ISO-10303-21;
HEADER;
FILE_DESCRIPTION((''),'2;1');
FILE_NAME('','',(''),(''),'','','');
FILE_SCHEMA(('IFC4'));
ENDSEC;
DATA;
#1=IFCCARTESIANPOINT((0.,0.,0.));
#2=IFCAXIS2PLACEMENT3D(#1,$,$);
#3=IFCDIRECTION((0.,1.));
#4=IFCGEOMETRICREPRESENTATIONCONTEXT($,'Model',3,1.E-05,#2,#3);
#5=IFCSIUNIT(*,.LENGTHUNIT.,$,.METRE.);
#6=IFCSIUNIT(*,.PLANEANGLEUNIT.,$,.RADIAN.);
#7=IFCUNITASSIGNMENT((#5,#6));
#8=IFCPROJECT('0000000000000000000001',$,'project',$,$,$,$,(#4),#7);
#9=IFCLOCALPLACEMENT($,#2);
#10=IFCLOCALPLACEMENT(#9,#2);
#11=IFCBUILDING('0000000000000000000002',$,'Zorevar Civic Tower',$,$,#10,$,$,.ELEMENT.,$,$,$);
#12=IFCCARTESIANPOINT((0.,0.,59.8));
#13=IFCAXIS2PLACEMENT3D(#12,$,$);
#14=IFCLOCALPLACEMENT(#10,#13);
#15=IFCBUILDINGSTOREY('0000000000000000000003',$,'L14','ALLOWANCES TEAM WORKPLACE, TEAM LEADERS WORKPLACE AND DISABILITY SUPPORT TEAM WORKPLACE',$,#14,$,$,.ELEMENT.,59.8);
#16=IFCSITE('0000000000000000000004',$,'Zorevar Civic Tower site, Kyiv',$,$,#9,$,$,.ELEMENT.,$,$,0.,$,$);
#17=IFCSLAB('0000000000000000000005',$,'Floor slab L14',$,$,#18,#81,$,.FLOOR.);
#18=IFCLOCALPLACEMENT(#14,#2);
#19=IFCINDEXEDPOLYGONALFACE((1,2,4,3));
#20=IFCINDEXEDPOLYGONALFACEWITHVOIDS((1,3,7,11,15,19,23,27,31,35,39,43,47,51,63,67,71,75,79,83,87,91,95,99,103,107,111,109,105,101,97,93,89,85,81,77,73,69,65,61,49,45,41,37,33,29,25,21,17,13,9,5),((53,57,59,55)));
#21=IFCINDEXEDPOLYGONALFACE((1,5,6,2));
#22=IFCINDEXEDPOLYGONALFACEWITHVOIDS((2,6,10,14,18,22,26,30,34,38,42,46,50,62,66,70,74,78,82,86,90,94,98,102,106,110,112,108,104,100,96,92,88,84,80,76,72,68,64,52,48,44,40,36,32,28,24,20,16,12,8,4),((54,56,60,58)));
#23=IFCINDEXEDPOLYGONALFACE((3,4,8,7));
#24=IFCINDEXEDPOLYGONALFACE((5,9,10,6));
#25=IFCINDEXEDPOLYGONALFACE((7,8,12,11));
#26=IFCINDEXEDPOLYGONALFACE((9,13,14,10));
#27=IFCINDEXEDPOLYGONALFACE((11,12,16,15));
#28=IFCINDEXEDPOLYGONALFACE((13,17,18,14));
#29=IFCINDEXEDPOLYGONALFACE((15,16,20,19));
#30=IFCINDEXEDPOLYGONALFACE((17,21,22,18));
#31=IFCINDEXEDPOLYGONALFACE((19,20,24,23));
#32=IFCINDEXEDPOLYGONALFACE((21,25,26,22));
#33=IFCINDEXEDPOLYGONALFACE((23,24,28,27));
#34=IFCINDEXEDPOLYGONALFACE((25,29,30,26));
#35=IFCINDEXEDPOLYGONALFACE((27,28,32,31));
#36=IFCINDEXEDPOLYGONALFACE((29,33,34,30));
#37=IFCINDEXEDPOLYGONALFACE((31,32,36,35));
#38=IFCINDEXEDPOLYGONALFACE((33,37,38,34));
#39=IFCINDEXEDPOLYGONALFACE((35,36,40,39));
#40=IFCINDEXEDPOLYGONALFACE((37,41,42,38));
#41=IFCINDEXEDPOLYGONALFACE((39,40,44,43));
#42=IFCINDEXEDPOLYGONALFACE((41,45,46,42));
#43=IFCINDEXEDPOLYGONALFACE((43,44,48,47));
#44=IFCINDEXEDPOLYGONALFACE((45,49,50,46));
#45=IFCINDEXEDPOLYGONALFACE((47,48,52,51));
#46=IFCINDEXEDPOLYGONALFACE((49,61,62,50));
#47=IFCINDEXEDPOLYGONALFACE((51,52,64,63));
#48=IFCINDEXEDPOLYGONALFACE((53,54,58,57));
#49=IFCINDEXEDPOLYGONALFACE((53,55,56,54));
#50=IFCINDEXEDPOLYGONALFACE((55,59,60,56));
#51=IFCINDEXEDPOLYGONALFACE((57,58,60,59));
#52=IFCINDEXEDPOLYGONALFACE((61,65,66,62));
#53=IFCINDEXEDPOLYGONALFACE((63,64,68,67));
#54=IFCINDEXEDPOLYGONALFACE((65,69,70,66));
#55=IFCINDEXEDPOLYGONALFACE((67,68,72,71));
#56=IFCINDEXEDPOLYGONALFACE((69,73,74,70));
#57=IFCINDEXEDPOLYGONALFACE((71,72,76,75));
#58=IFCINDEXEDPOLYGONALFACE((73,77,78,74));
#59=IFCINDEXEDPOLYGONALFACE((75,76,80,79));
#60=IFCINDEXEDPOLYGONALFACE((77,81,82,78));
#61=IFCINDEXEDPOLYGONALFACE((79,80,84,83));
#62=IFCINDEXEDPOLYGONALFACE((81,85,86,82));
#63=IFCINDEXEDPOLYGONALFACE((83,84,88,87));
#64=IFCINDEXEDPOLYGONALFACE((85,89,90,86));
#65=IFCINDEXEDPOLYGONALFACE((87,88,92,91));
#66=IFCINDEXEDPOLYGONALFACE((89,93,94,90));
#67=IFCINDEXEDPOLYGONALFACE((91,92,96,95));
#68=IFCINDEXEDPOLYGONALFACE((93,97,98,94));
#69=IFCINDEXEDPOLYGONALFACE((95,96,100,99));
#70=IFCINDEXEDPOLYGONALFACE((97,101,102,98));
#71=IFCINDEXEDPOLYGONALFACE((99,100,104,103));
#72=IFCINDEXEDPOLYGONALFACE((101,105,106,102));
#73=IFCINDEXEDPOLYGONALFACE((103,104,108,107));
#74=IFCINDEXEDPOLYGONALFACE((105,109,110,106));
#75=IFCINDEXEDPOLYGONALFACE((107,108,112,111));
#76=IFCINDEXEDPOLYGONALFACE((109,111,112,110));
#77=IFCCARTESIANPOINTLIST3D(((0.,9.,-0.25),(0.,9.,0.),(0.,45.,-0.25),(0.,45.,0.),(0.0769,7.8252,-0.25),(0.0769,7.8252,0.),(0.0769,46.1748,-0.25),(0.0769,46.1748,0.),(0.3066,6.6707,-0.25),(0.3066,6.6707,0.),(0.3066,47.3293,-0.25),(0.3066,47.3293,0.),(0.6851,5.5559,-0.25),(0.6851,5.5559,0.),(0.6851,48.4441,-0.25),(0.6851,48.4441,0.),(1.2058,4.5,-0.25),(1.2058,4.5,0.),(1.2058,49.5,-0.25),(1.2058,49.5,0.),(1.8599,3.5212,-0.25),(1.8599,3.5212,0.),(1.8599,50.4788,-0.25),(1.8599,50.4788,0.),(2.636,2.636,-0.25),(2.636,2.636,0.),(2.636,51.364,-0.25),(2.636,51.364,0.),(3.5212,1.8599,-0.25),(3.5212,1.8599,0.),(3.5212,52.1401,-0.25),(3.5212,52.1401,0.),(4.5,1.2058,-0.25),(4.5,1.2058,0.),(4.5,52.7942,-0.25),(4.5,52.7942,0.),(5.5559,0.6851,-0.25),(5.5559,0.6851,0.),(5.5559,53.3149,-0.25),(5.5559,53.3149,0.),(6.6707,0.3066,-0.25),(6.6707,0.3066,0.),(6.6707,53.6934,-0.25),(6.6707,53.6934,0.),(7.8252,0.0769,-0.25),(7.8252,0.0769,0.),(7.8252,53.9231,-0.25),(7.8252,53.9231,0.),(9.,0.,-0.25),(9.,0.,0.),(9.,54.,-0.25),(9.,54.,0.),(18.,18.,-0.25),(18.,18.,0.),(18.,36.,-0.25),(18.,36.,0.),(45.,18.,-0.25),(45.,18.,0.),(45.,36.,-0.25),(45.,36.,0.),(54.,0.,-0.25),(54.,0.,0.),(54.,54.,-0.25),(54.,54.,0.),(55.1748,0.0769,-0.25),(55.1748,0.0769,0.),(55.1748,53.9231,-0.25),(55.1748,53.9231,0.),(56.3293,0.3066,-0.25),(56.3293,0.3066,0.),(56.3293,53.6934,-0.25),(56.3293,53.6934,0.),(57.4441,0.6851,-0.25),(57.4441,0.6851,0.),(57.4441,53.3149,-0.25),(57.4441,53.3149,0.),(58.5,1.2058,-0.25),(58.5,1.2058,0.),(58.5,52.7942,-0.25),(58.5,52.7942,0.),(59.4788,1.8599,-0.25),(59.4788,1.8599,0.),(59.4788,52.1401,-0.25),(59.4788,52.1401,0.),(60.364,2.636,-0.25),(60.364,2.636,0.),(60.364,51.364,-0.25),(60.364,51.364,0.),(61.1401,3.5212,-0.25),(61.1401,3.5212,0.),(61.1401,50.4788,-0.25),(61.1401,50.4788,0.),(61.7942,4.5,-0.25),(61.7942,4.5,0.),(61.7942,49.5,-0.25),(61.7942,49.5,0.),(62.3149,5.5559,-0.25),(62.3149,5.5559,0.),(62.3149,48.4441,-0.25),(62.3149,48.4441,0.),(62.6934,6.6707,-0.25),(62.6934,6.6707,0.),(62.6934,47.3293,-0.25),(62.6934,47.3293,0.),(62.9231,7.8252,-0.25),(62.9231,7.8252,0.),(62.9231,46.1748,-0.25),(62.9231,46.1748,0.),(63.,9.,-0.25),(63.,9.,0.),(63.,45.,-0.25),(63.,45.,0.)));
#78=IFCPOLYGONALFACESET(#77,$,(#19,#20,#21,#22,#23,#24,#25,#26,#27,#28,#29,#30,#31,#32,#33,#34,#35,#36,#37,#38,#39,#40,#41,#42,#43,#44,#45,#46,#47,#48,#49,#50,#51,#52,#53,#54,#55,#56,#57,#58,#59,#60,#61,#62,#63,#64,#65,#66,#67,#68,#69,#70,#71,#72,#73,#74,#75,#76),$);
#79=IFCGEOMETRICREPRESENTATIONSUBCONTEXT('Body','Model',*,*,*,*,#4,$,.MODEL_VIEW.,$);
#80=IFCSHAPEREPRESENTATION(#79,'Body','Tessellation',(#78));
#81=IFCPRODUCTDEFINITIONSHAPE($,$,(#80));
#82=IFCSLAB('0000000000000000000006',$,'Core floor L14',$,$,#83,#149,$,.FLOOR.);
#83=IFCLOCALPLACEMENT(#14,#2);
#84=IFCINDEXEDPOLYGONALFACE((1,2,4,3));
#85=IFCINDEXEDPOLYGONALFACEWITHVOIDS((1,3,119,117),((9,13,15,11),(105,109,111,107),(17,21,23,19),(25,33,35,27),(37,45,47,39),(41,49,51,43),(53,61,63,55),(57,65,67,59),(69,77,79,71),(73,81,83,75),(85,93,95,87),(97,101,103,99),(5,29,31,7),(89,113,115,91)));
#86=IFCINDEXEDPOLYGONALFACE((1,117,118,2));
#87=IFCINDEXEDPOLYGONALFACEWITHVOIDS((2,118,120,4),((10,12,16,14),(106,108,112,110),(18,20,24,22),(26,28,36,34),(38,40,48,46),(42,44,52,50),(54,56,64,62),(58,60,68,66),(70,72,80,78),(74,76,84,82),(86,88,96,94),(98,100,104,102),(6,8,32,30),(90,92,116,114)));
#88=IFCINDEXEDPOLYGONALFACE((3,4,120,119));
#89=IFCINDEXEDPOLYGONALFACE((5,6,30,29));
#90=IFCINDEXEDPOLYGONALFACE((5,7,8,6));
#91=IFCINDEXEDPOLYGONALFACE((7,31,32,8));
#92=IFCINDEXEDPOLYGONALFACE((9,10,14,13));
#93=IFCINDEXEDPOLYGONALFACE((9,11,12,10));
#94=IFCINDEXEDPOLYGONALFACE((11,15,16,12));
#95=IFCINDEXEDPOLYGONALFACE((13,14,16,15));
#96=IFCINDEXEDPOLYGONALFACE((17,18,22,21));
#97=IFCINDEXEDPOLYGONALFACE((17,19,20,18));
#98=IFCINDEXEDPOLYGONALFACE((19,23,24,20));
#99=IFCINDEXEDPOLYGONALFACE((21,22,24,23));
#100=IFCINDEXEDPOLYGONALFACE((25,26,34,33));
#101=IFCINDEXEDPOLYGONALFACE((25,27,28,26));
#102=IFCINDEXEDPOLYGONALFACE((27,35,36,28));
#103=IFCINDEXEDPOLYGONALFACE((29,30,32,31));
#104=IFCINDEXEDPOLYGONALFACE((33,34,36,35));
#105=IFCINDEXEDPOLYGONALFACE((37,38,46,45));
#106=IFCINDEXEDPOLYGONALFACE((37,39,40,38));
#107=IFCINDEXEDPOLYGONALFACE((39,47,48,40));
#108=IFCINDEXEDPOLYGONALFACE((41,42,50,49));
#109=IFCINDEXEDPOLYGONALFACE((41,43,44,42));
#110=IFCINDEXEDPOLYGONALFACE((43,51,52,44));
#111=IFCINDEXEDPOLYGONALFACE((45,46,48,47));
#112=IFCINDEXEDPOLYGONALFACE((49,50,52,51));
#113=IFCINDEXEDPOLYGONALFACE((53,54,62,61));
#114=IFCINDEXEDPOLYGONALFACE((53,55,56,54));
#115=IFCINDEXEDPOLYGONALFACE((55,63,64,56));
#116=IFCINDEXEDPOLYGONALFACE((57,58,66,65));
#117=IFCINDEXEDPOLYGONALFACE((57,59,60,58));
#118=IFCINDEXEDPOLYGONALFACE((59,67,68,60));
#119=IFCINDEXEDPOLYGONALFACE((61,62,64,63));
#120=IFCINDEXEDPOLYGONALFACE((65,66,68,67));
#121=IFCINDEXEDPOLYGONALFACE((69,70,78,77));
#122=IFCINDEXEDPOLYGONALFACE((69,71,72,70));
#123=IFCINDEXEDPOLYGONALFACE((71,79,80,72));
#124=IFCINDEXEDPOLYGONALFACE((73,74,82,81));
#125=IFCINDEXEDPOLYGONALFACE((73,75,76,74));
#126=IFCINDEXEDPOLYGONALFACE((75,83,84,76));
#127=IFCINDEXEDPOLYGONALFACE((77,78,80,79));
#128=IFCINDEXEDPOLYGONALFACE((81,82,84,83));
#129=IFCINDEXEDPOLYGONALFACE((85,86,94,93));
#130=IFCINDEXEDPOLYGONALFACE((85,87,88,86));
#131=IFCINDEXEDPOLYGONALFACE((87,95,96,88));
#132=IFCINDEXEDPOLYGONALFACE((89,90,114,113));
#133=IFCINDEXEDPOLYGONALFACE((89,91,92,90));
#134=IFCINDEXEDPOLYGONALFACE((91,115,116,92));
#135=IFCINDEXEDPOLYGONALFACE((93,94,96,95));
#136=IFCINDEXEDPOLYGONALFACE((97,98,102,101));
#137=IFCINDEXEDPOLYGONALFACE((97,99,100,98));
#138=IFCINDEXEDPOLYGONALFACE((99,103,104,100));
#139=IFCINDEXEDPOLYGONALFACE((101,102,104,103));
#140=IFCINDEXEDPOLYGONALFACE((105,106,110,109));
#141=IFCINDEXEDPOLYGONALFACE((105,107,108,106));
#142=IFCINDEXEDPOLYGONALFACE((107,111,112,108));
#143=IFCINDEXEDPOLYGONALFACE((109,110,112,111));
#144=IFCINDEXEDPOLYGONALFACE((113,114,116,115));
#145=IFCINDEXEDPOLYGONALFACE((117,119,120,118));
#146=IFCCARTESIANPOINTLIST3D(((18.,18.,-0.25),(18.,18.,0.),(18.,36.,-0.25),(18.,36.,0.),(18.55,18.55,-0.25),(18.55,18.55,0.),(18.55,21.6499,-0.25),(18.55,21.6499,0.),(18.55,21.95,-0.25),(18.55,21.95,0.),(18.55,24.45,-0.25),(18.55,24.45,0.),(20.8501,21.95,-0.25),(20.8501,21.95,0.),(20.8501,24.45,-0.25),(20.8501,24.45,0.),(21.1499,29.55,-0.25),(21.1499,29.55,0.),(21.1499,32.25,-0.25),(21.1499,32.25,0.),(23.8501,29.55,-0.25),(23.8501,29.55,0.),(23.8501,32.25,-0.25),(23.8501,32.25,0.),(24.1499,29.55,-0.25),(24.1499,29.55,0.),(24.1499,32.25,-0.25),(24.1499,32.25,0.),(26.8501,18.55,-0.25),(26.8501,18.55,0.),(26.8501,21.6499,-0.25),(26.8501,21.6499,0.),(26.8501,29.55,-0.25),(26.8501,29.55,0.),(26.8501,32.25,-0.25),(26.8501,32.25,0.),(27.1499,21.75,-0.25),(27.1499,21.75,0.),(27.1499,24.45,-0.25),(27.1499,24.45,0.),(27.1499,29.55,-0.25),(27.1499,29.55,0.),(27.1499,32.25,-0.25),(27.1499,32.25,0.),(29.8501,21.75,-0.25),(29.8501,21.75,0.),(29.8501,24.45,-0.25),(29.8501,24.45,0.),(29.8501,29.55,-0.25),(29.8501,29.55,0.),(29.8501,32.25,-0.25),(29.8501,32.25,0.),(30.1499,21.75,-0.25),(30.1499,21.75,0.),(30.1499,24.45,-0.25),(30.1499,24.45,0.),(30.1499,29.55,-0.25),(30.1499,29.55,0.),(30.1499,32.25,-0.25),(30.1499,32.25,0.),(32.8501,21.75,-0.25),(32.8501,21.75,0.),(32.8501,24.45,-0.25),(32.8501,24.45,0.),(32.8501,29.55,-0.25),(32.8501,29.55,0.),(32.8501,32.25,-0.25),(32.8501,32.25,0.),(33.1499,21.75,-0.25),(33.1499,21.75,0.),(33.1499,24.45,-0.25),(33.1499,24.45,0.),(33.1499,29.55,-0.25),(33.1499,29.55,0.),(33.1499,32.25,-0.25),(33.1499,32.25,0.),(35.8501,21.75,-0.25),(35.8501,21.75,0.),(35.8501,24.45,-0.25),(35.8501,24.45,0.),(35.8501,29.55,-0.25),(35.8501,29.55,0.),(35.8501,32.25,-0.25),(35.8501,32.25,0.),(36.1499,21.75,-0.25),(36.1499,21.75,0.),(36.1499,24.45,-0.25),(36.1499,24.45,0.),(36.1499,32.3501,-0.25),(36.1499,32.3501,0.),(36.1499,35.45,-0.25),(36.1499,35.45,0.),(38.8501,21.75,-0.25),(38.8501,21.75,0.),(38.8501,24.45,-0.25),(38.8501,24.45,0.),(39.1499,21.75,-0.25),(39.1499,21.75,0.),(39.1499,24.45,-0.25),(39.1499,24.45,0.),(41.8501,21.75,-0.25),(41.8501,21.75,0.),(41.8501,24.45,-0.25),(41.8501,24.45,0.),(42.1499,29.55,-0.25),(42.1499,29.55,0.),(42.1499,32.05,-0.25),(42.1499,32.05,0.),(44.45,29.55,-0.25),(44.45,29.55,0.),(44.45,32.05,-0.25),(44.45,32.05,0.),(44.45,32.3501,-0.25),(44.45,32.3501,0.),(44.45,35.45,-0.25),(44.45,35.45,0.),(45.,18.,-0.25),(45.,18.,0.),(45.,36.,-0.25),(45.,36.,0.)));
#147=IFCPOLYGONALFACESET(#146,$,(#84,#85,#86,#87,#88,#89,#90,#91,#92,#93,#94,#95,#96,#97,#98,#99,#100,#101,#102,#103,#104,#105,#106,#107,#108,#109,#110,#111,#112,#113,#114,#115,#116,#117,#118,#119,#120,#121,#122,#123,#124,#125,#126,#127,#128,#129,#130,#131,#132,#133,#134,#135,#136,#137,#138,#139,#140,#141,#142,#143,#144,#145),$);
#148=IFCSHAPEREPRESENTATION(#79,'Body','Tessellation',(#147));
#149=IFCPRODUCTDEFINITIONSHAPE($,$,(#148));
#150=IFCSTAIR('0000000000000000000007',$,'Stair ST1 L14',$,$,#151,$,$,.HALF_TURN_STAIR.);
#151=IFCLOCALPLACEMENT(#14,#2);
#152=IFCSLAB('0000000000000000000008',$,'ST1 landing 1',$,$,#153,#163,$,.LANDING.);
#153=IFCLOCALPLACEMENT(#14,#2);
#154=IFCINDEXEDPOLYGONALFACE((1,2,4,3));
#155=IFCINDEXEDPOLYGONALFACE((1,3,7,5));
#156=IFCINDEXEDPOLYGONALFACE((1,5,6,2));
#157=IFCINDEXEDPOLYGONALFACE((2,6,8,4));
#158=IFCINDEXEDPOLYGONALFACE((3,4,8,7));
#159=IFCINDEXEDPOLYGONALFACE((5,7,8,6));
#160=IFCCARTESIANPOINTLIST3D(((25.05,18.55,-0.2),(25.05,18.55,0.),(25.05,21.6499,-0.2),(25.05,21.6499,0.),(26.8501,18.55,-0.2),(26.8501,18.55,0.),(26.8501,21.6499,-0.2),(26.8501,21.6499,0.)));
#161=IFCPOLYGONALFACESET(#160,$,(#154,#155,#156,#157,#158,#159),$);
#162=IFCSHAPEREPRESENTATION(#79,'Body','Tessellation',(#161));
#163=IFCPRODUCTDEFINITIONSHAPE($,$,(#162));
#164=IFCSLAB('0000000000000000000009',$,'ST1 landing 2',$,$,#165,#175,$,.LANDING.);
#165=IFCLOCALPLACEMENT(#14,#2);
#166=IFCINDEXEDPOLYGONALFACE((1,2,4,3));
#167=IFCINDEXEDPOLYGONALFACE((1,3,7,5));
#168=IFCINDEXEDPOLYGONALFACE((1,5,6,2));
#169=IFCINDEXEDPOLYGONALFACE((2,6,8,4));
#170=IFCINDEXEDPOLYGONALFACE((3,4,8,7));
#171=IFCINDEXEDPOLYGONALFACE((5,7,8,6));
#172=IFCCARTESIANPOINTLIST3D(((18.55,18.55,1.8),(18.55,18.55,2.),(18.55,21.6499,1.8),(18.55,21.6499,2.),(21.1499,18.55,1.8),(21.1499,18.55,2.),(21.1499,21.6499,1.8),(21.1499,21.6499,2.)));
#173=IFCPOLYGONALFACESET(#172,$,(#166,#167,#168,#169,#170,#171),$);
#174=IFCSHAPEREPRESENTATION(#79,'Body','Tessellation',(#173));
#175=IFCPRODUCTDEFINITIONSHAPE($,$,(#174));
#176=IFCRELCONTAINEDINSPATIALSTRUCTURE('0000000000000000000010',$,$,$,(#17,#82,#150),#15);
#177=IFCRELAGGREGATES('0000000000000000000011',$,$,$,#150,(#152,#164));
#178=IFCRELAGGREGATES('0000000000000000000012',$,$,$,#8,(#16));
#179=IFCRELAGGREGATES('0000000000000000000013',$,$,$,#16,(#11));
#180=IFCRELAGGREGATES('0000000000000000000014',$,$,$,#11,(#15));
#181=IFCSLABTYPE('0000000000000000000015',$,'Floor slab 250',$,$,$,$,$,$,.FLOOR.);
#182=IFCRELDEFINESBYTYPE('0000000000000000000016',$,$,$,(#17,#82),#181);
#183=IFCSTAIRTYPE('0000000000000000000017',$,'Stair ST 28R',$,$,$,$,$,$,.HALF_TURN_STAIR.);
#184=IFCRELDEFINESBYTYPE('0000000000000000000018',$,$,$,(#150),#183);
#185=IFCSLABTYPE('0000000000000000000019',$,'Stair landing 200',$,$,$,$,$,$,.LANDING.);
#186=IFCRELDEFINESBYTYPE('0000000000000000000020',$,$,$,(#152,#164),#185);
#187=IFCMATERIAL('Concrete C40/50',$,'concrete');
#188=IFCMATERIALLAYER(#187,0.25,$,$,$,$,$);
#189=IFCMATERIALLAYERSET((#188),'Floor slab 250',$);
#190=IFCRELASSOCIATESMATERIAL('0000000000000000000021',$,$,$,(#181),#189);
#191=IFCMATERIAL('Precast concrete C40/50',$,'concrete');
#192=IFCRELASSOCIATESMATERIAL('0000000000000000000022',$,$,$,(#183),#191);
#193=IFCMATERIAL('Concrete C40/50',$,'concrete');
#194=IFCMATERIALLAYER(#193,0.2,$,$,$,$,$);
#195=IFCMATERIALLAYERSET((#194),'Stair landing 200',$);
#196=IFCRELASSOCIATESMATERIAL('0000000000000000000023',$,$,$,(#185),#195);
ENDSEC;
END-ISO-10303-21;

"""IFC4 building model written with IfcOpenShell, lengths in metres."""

from ifc_helpers import new_model, si_unit, direction, frame, origin, place, context, subcontext, project, spatial, polyline, outline, extrude, material, layer, layer_set, type_object, element, aggregate, save


model = new_model("IFC4")

# Units and contexts
model_context = context("Model", 3, precision=1e-05, world=origin(), true_north=direction((0.0, 1.0)))
body_context = subcontext(model_context, "Body", "Model", "MODEL_VIEW")
ifc_project = project(units=[si_unit("LENGTHUNIT", "METRE"), si_unit("PLANEANGLEUNIT", "RADIAN")], contexts=[model_context])

# Site, building, storey
site_placement = place(None, origin())
site = spatial("IfcSite", under=ifc_project, at=site_placement, Name="Zorevar Civic Tower site, Kyiv", CompositionType="ELEMENT", RefElevation=0.0)
building_placement = place(site_placement, origin())
building = spatial("IfcBuilding", under=site, at=building_placement, Name="Zorevar Civic Tower", CompositionType="ELEMENT")
storey_placement = place(building_placement, frame((0.0, 0.0, 59.8)))
storey = spatial("IfcBuildingStorey", under=building, at=storey_placement, Name="L14", Description="ALLOWANCES TEAM WORKPLACE, TEAM LEADERS WORKPLACE AND DISABILITY SUPPORT TEAM WORKPLACE", CompositionType="ELEMENT", Elevation=59.8)

# Slabs
ifc_material_1 = material(Name="Concrete C40/50", Category="concrete")
ifc_layer_1 = layer(ifc_material_1, 0.25)
ifc_layer_set_1 = layer_set([ifc_layer_1], Name="Floor slab 250")
slab_type_1 = type_object("IfcSlabType", Name="Floor slab 250", PredefinedType="FLOOR", material=ifc_layer_set_1)
slab_1_placement = place(storey_placement, frame((0.0, 0.0, -0.25)))
element("IfcSlab", 1, at=slab_1_placement, inside=storey, type_object=slab_type_1, Name="Floor slab L14", PredefinedType="FLOOR", context=body_context, shape_type="SweptSolid", body=[
    extrude(outline(polyline([(54.0, 0.0), (55.1748, 0.0769), (56.3293, 0.3066), (57.4441, 0.6851), (58.5, 1.2058), (59.4788, 1.8599), (60.364, 2.636), (61.1401, 3.5212), (61.7942, 4.5), (62.3149, 5.5559), (62.6934, 6.6707), (62.9231, 7.8252), (63.0, 9.0), (63.0, 45.0), (62.9231, 46.1748), (62.6934, 47.3293), (62.3149, 48.4441), (61.7942, 49.5), (61.1401, 50.4788), (60.364, 51.364), (59.4788, 52.1401), (58.5, 52.7942), (57.4441, 53.3149), (56.3293, 53.6934), (55.1748, 53.9231), (54.0, 54.0), (9.0, 54.0), (7.8252, 53.9231), (6.6707, 53.6934), (5.5559, 53.3149), (4.5, 52.7942), (3.5212, 52.1401), (2.636, 51.364), (1.8599, 50.4788), (1.2058, 49.5), (0.6851, 48.4441), (0.3066, 47.3293), (0.0769, 46.1748), (0.0, 45.0), (0.0, 9.0), (0.0769, 7.8252), (0.3066, 6.6707), (0.6851, 5.5559), (1.2058, 4.5), (1.8599, 3.5212), (2.636, 2.636), (3.5212, 1.8599), (4.5, 1.2058), (5.5559, 0.6851), (6.6707, 0.3066), (7.8252, 0.0769), (9.0, 0.0), (54.0, 0.0)]), holes=[polyline([(18.0, 18.0), (45.0, 18.0), (45.0, 36.0), (18.0, 36.0), (18.0, 18.0)])]), origin(), (0.0, 0.0, 1.0), 0.25),
])
slab_2_placement = place(storey_placement, frame((0.0, 0.0, -0.25)))
element("IfcSlab", 2, at=slab_2_placement, inside=storey, type_object=slab_type_1, Name="Core floor L14", PredefinedType="FLOOR", context=body_context, shape_type="SweptSolid", body=[
    extrude(outline(polyline([(18.0, 18.0), (45.0, 18.0), (45.0, 36.0), (18.0, 36.0), (18.0, 18.0)]), holes=[polyline([(18.55, 18.55), (26.8501, 18.55), (26.8501, 21.6499), (18.55, 21.6499), (18.55, 18.55)]), polyline([(36.1499, 32.3501), (44.45, 32.3501), (44.45, 35.45), (36.1499, 35.45), (36.1499, 32.3501)]), polyline([(18.55, 21.95), (20.8501, 21.95), (20.8501, 24.45), (18.55, 24.45), (18.55, 21.95)]), polyline([(42.1499, 29.55), (44.45, 29.55), (44.45, 32.05), (42.1499, 32.05), (42.1499, 29.55)]), polyline([(27.1499, 21.75), (29.8501, 21.75), (29.8501, 24.45), (27.1499, 24.45), (27.1499, 21.75)]), polyline([(33.1499, 29.55), (35.8501, 29.55), (35.8501, 32.25), (33.1499, 32.25), (33.1499, 29.55)]), polyline([(30.1499, 21.75), (32.8501, 21.75), (32.8501, 24.45), (30.1499, 24.45), (30.1499, 21.75)]), polyline([(30.1499, 29.55), (32.8501, 29.55), (32.8501, 32.25), (30.1499, 32.25), (30.1499, 29.55)]), polyline([(33.1499, 21.75), (35.8501, 21.75), (35.8501, 24.45), (33.1499, 24.45), (33.1499, 21.75)]), polyline([(27.1499, 29.55), (29.8501, 29.55), (29.8501, 32.25), (27.1499, 32.25), (27.1499, 29.55)]), polyline([(36.1499, 21.75), (38.8501, 21.75), (38.8501, 24.45), (36.1499, 24.45), (36.1499, 21.75)]), polyline([(24.1499, 29.55), (26.8501, 29.55), (26.8501, 32.25), (24.1499, 32.25), (24.1499, 29.55)]), polyline([(39.1499, 21.75), (41.8501, 21.75), (41.8501, 24.45), (39.1499, 24.45), (39.1499, 21.75)]), polyline([(21.1499, 29.55), (23.8501, 29.55), (23.8501, 32.25), (21.1499, 32.25), (21.1499, 29.55)])]), origin(), (0.0, 0.0, 1.0), 0.25),
])

# Stair, slabs
ifc_material_2 = material(Name="Precast concrete C40/50", Category="concrete")
stair_type = type_object("IfcStairType", Name="Stair ST 28R", PredefinedType="HALF_TURN_STAIR", material=ifc_material_2)
stair_1_placement = place(storey_placement, origin())
stair_1 = element("IfcStair", 3, at=stair_1_placement, inside=storey, type_object=stair_type, Name="Stair ST1 L14", PredefinedType="HALF_TURN_STAIR")
ifc_material_3 = material(Name="Concrete C40/50", Category="concrete")
ifc_layer_2 = layer(ifc_material_3, 0.2)
ifc_layer_set_2 = layer_set([ifc_layer_2], Name="Stair landing 200")
slab_type_2 = type_object("IfcSlabType", Name="Stair landing 200", PredefinedType="LANDING", material=ifc_layer_set_2)
slab_3_placement = place(storey_placement, frame((0.0, 0.0, -0.2)))
slab_3 = element("IfcSlab", 4, at=slab_3_placement, type_object=slab_type_2, Name="ST1 landing 1", PredefinedType="LANDING", context=body_context, shape_type="SweptSolid", body=[
    extrude(outline(polyline([(25.05, 18.55), (26.8501, 18.55), (26.8501, 21.6499), (25.05, 21.6499), (25.05, 18.55)])), origin(), (0.0, 0.0, 1.0), 0.2),
])
slab_4_placement = place(storey_placement, frame((0.0, 0.0, 1.8)))
slab_4 = element("IfcSlab", 5, at=slab_4_placement, type_object=slab_type_2, Name="ST1 landing 2", PredefinedType="LANDING", context=body_context, shape_type="SweptSolid", body=[
    extrude(outline(polyline([(18.55, 18.55), (21.1499, 18.55), (21.1499, 21.6499), (18.55, 21.6499), (18.55, 18.55)])), origin(), (0.0, 0.0, 1.0), 0.2),
])
aggregate(stair_1, [slab_3, slab_4])

save(model, "model.ifc")
